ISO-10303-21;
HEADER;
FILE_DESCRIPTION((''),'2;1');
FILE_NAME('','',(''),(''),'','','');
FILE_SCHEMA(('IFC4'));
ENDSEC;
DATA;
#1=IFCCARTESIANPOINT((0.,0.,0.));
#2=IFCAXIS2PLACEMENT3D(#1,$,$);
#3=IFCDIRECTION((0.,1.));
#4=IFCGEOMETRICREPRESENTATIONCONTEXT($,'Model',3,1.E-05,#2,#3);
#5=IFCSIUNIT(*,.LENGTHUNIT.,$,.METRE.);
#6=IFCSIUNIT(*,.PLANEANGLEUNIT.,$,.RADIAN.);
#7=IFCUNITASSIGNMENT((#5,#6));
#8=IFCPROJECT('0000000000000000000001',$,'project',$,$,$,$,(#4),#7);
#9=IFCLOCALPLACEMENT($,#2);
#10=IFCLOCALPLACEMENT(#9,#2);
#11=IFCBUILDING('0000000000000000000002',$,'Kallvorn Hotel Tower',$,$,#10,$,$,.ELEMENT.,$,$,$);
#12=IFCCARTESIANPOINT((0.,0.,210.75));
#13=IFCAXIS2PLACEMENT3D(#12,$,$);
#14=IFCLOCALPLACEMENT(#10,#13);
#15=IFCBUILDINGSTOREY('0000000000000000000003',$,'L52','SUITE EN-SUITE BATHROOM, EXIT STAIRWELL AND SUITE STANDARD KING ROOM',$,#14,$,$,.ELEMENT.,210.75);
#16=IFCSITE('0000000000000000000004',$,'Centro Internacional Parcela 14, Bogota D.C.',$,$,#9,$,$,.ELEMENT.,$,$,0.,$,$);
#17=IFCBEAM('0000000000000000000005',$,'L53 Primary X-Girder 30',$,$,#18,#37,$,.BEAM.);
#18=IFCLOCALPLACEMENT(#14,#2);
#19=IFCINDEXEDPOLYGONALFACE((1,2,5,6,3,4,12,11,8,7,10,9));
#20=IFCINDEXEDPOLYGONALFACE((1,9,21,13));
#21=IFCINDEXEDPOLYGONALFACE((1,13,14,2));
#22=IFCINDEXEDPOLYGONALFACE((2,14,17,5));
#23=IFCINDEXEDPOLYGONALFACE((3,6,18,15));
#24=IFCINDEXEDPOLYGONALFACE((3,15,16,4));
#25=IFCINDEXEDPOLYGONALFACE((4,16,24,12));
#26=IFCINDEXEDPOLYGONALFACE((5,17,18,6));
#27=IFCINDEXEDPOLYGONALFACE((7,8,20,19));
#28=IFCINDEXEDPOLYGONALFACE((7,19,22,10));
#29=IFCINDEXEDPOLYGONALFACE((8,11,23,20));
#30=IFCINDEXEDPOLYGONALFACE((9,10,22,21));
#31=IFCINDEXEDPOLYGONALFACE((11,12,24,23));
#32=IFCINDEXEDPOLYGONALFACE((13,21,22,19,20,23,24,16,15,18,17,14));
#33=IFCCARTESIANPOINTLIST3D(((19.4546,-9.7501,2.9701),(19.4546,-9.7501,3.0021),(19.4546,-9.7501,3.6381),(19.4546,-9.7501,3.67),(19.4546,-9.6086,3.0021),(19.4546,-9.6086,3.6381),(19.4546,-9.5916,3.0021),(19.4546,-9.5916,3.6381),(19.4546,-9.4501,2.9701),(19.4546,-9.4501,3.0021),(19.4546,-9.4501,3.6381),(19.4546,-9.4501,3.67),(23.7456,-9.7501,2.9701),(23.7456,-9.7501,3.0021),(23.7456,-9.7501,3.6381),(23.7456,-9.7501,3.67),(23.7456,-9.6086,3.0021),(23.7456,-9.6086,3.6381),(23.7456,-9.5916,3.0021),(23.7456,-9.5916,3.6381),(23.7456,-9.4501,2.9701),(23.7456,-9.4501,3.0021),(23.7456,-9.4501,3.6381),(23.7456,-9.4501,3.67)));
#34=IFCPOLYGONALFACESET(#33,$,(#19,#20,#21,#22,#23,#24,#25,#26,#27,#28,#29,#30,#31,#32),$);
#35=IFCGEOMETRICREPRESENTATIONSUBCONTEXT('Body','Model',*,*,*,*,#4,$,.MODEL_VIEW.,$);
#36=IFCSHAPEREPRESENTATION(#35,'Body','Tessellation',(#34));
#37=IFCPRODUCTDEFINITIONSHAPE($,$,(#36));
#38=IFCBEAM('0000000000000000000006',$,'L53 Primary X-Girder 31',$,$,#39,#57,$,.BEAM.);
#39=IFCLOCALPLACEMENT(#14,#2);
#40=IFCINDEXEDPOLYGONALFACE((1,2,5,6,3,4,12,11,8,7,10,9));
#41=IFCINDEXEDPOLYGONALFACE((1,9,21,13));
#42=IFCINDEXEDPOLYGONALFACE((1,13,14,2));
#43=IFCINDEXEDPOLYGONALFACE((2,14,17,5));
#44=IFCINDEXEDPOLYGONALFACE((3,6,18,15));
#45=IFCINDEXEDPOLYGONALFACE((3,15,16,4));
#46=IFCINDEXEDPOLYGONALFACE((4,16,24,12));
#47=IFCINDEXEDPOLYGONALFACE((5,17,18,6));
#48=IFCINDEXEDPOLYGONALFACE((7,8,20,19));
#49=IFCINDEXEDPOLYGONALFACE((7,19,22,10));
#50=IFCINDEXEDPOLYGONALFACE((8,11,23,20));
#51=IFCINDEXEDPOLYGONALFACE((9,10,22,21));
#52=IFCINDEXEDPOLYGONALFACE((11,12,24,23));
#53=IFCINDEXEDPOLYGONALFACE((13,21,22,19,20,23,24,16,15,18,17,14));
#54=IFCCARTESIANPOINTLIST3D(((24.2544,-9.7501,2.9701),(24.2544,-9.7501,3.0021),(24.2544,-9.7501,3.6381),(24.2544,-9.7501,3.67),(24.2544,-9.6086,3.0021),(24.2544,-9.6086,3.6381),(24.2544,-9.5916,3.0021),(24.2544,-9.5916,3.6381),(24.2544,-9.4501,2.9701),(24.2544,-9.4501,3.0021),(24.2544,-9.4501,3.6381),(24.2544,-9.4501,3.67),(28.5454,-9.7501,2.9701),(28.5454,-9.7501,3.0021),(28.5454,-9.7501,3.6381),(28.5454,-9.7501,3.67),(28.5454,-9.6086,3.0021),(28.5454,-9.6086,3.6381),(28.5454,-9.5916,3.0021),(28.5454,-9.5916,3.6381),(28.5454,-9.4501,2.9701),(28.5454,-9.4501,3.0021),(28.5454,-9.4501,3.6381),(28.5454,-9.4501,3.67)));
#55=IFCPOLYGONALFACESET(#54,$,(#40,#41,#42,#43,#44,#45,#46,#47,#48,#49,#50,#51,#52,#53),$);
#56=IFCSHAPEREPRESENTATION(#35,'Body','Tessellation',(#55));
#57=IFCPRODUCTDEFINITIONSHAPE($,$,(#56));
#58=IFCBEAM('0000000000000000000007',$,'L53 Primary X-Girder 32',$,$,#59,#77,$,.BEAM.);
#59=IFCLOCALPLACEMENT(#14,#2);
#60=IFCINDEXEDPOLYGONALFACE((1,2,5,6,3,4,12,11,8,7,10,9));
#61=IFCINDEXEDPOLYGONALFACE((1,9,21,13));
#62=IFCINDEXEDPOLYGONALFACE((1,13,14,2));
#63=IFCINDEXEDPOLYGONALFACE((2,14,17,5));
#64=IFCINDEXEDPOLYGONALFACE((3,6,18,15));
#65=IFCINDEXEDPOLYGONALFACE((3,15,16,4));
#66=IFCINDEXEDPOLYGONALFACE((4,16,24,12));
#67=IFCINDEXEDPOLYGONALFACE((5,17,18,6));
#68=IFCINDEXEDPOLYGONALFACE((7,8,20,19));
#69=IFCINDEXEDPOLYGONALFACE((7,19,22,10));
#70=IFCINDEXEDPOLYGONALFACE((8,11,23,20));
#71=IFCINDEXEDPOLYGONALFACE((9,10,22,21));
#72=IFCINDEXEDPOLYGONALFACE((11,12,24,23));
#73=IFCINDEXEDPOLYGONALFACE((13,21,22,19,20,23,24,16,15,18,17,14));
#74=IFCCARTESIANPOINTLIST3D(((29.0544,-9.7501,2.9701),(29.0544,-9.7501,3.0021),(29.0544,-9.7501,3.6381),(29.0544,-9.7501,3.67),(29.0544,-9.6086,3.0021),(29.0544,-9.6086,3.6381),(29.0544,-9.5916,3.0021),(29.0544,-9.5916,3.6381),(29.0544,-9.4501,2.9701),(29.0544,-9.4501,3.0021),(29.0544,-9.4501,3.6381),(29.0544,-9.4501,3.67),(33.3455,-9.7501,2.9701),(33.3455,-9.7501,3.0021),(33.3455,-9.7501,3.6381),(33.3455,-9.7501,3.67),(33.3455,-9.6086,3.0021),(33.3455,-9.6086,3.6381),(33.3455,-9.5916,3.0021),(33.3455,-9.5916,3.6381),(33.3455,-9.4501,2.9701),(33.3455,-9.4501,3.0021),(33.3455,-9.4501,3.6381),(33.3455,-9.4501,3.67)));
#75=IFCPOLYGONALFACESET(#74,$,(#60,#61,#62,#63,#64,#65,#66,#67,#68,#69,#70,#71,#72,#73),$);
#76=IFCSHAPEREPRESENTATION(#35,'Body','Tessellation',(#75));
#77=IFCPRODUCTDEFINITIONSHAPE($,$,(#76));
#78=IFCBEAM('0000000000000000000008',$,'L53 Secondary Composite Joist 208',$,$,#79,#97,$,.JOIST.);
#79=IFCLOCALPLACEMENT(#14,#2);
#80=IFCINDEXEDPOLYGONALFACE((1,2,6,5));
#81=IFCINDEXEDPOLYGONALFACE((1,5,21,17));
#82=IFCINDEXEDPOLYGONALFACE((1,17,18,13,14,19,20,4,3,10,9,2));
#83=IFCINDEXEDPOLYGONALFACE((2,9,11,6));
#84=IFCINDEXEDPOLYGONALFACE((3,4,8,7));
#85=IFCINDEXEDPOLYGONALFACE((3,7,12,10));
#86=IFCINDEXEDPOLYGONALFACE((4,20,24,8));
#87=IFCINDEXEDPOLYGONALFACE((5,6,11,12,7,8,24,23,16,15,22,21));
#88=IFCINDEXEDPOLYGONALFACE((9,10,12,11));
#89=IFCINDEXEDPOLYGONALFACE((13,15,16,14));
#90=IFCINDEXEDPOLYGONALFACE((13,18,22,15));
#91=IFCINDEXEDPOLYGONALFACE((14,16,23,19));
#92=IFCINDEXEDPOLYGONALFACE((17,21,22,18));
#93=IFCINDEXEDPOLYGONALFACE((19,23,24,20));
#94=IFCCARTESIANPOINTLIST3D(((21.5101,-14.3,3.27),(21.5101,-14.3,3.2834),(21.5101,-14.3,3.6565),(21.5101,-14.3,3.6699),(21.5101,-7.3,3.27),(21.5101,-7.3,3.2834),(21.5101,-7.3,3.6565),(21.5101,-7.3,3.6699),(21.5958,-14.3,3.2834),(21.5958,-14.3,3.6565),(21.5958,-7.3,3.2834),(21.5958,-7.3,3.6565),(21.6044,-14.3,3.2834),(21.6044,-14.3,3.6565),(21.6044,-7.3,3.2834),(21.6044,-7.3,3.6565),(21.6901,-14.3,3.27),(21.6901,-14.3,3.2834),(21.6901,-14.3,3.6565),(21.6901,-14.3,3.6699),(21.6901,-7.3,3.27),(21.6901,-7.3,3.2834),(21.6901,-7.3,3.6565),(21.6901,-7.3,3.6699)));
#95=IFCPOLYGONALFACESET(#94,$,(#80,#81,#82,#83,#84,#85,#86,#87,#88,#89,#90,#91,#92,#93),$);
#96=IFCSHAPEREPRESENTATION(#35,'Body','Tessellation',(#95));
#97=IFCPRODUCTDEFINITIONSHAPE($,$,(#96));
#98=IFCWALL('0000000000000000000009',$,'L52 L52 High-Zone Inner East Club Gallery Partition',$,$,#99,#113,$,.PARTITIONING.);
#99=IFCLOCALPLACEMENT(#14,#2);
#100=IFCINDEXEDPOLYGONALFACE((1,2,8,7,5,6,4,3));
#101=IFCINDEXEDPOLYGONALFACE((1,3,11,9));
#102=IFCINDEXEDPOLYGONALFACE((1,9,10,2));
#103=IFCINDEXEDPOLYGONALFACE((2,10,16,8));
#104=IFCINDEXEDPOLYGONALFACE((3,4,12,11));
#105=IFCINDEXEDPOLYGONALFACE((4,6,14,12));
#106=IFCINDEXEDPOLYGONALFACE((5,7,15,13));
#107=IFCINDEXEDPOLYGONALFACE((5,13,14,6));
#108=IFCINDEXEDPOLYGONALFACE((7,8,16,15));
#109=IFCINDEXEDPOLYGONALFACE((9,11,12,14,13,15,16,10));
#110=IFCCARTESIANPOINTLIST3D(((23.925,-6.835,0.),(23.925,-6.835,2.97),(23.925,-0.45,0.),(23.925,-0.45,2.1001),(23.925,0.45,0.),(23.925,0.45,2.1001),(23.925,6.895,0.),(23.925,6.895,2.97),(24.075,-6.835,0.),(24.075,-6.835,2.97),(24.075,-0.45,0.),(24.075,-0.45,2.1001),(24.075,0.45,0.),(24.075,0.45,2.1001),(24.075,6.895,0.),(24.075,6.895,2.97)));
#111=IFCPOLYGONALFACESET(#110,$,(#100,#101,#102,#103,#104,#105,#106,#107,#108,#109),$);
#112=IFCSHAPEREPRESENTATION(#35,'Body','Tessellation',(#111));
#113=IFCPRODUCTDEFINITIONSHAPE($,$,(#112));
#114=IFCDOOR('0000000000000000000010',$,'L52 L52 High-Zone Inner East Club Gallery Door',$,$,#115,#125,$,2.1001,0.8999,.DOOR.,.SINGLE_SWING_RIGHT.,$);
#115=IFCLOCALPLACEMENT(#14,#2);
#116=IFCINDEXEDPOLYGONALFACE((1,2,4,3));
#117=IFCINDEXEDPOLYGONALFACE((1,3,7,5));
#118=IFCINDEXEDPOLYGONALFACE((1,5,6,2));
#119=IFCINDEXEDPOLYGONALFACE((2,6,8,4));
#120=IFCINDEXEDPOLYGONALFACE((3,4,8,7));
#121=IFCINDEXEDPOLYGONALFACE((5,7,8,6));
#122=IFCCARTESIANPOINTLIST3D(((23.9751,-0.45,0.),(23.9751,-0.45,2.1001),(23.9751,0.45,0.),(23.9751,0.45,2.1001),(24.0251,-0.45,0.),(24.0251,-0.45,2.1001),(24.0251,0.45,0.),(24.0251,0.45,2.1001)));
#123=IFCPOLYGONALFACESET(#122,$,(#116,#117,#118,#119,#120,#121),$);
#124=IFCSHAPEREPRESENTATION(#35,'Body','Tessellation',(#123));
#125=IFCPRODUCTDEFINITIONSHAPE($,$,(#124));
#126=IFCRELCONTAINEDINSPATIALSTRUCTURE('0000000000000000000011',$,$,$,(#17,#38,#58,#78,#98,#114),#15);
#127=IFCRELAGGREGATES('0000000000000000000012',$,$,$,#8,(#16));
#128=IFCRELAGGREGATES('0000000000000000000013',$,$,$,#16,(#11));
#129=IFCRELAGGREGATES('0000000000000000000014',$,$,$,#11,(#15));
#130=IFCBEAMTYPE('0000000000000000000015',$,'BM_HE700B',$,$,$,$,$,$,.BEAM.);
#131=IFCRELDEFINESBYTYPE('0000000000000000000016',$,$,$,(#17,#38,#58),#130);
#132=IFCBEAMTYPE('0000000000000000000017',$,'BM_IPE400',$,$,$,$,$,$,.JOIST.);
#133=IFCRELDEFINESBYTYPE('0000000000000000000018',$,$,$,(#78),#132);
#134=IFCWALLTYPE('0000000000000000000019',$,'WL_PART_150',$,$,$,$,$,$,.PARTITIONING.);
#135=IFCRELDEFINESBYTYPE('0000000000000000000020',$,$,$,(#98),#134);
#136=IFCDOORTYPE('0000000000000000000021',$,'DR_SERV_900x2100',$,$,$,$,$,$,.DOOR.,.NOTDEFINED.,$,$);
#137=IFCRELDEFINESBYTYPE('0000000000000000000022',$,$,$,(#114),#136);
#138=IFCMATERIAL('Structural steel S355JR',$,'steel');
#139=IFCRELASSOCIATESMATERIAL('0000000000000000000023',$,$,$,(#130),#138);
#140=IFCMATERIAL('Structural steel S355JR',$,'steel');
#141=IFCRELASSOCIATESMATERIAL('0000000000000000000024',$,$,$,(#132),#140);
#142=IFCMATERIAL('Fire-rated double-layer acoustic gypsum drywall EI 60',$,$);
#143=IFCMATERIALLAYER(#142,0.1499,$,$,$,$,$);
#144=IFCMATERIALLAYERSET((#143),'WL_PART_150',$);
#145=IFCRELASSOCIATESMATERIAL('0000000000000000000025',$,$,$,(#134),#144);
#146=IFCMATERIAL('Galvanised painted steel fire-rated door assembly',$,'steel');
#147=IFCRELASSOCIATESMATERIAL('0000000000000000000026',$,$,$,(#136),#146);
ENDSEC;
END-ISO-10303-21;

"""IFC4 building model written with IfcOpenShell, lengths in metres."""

from ifc_helpers import new_model, si_unit, direction, frame, frame_2d, origin, origin_2d, place, context, subcontext, project, spatial, rectangle, i_section, extrude, material, layer, layer_set, material_profile, profile_set, type_object, element, fill, save


model = new_model("IFC4")

# Units and contexts
model_context = context("Model", 3, precision=1e-05, world=origin(), true_north=direction((0.0, 1.0)))
body_context = subcontext(model_context, "Body", "Model", "MODEL_VIEW")
ifc_project = project(units=[si_unit("LENGTHUNIT", "METRE"), si_unit("PLANEANGLEUNIT", "RADIAN")], contexts=[model_context])

# Site, building, storey
site_placement = place(None, origin())
site = spatial("IfcSite", under=ifc_project, at=site_placement, Name="Centro Internacional Parcela 14, Bogota D.C.", CompositionType="ELEMENT", RefElevation=0.0)
building_placement = place(site_placement, origin())
building = spatial("IfcBuilding", under=site, at=building_placement, Name="Kallvorn Hotel Tower", CompositionType="ELEMENT")
storey_placement = place(building_placement, frame((0.0, 0.0, 210.75)))
storey = spatial("IfcBuildingStorey", under=building, at=storey_placement, Name="L52", Description="SUITE EN-SUITE BATHROOM, EXIT STAIRWELL AND SUITE STANDARD KING ROOM", CompositionType="ELEMENT", Elevation=210.75)

# Beams
ifc_material_1 = material(Name="Structural steel S355JR", Category="steel")
ifc_material_profile_1 = material_profile(ifc_material_1, i_section(OverallWidth=0.3, OverallDepth=0.7, WebThickness=0.0171, FlangeThickness=0.032, at=origin_2d()), Name="HE 700 B")
ifc_profile_set_1 = profile_set([ifc_material_profile_1], Name="Structural steel S355JR")
beam_type_1 = type_object("IfcBeamType", Name="BM_HE700B", PredefinedType="BEAM", material=ifc_profile_set_1)
for number, where, z_axis, x_axis, name in (
    (1, (19.4546, -9.6001, 3.3201), (1.0, 0.0, 0.0), (0.0, 1.0, 0.0), "L53 Primary X-Girder 30"),
    (2, (24.2544, -9.6001, 3.3201), (1.0, 0.0, 0.0), (0.0, 1.0, 0.0), "L53 Primary X-Girder 31"),
    (3, (29.0544, -9.6001, 3.3201), (1.0, 0.0, 0.0), (0.0, 1.0, 0.0), "L53 Primary X-Girder 32"),
):
    element("IfcBeam", number, at=place(storey_placement, frame(where, z_axis=z_axis, x_axis=x_axis)), inside=storey, type_object=beam_type_1, Name=name, PredefinedType="BEAM", context=body_context, shape_type="SweptSolid", body=[
        extrude(i_section(OverallWidth=0.3, OverallDepth=0.7, WebThickness=0.0171, FlangeThickness=0.032, at=origin_2d()), origin(), (0.0, 0.0, 1.0), 4.291),
    ])
ifc_material_2 = material(Name="Structural steel S355JR", Category="steel")
ifc_material_profile_2 = material_profile(ifc_material_2, i_section(OverallWidth=0.1799, OverallDepth=0.3999, WebThickness=0.0085, FlangeThickness=0.0134, at=origin_2d()), Name="IPE 400")
ifc_profile_set_2 = profile_set([ifc_material_profile_2], Name="Structural steel S355JR")
beam_type_2 = type_object("IfcBeamType", Name="BM_IPE400", PredefinedType="JOIST", material=ifc_profile_set_2)
beam_1_placement = place(storey_placement, frame((21.6001, -14.3, 3.47), z_axis=(0.0, 1.0, 0.0), x_axis=(-1.0, 0.0, 0.0)))
element("IfcBeam", 4, at=beam_1_placement, inside=storey, type_object=beam_type_2, Name="L53 Secondary Composite Joist 208", PredefinedType="JOIST", context=body_context, shape_type="SweptSolid", body=[
    extrude(i_section(OverallWidth=0.1799, OverallDepth=0.3999, WebThickness=0.0085, FlangeThickness=0.0134, at=origin_2d()), origin(), (0.0, 0.0, 1.0), 7.0),
])

# Wall, opening, door
ifc_material_3 = material(Name="Fire-rated double-layer acoustic gypsum drywall EI 60")
ifc_layer = layer(ifc_material_3, 0.1499)
ifc_layer_set = layer_set([ifc_layer], Name="WL_PART_150")
wall_type = type_object("IfcWallType", Name="WL_PART_150", PredefinedType="PARTITIONING", material=ifc_layer_set)
wall_placement = place(storey_placement, frame((24.0, -6.835, 0.0), z_axis=(0.0, 0.0, 1.0), x_axis=(0.0, 1.0, 0.0)))
wall = element("IfcWall", 5, at=wall_placement, inside=storey, type_object=wall_type, Name="L52 L52 High-Zone Inner East Club Gallery Partition", PredefinedType="PARTITIONING", context=body_context, shape_type="SweptSolid", body=[
    extrude(rectangle(XDim=13.73, YDim=0.1499, at=frame_2d((6.865, 0.0))), origin(), (0.0, 0.0, 1.0), 2.97),
])
opening_placement = place(wall_placement, frame((6.385, 0.0, 0.0)))
opening = element("IfcOpeningElement", 6, at=opening_placement, cuts=wall, PredefinedType="OPENING", context=body_context, shape_type="SweptSolid", body=[
    extrude(rectangle(XDim=0.8999, YDim=2.1001, at=frame_2d((0.45, 1.05))), frame((0.0, 0.0898, 0.0), z_axis=(0.0, -1.0, 0.0), x_axis=(1.0, 0.0, 0.0)), (0.0, 0.0, 1.0), 0.1799),
])
ifc_material_4 = material(Name="Galvanised painted steel fire-rated door assembly", Category="steel")
door_type = type_object("IfcDoorType", Name="DR_SERV_900x2100", OperationType="NOTDEFINED", PredefinedType="DOOR", material=ifc_material_4)
door_placement = place(opening_placement, origin())
door = element("IfcDoor", 7, at=door_placement, inside=storey, type_object=door_type, Name="L52 L52 High-Zone Inner East Club Gallery Door", OperationType="SINGLE_SWING_RIGHT", OverallHeight=2.1001, OverallWidth=0.8999, PredefinedType="DOOR", context=body_context, shape_type="SweptSolid", body=[
    extrude(rectangle(XDim=0.8999, YDim=2.1001, at=frame_2d((0.45, 1.05))), frame((0.0, 0.0249, 0.0), z_axis=(0.0, -1.0, 0.0), x_axis=(1.0, 0.0, 0.0)), (0.0, 0.0, 1.0), 0.05),
])
fill(opening, door)

save(model, "model.ifc")
